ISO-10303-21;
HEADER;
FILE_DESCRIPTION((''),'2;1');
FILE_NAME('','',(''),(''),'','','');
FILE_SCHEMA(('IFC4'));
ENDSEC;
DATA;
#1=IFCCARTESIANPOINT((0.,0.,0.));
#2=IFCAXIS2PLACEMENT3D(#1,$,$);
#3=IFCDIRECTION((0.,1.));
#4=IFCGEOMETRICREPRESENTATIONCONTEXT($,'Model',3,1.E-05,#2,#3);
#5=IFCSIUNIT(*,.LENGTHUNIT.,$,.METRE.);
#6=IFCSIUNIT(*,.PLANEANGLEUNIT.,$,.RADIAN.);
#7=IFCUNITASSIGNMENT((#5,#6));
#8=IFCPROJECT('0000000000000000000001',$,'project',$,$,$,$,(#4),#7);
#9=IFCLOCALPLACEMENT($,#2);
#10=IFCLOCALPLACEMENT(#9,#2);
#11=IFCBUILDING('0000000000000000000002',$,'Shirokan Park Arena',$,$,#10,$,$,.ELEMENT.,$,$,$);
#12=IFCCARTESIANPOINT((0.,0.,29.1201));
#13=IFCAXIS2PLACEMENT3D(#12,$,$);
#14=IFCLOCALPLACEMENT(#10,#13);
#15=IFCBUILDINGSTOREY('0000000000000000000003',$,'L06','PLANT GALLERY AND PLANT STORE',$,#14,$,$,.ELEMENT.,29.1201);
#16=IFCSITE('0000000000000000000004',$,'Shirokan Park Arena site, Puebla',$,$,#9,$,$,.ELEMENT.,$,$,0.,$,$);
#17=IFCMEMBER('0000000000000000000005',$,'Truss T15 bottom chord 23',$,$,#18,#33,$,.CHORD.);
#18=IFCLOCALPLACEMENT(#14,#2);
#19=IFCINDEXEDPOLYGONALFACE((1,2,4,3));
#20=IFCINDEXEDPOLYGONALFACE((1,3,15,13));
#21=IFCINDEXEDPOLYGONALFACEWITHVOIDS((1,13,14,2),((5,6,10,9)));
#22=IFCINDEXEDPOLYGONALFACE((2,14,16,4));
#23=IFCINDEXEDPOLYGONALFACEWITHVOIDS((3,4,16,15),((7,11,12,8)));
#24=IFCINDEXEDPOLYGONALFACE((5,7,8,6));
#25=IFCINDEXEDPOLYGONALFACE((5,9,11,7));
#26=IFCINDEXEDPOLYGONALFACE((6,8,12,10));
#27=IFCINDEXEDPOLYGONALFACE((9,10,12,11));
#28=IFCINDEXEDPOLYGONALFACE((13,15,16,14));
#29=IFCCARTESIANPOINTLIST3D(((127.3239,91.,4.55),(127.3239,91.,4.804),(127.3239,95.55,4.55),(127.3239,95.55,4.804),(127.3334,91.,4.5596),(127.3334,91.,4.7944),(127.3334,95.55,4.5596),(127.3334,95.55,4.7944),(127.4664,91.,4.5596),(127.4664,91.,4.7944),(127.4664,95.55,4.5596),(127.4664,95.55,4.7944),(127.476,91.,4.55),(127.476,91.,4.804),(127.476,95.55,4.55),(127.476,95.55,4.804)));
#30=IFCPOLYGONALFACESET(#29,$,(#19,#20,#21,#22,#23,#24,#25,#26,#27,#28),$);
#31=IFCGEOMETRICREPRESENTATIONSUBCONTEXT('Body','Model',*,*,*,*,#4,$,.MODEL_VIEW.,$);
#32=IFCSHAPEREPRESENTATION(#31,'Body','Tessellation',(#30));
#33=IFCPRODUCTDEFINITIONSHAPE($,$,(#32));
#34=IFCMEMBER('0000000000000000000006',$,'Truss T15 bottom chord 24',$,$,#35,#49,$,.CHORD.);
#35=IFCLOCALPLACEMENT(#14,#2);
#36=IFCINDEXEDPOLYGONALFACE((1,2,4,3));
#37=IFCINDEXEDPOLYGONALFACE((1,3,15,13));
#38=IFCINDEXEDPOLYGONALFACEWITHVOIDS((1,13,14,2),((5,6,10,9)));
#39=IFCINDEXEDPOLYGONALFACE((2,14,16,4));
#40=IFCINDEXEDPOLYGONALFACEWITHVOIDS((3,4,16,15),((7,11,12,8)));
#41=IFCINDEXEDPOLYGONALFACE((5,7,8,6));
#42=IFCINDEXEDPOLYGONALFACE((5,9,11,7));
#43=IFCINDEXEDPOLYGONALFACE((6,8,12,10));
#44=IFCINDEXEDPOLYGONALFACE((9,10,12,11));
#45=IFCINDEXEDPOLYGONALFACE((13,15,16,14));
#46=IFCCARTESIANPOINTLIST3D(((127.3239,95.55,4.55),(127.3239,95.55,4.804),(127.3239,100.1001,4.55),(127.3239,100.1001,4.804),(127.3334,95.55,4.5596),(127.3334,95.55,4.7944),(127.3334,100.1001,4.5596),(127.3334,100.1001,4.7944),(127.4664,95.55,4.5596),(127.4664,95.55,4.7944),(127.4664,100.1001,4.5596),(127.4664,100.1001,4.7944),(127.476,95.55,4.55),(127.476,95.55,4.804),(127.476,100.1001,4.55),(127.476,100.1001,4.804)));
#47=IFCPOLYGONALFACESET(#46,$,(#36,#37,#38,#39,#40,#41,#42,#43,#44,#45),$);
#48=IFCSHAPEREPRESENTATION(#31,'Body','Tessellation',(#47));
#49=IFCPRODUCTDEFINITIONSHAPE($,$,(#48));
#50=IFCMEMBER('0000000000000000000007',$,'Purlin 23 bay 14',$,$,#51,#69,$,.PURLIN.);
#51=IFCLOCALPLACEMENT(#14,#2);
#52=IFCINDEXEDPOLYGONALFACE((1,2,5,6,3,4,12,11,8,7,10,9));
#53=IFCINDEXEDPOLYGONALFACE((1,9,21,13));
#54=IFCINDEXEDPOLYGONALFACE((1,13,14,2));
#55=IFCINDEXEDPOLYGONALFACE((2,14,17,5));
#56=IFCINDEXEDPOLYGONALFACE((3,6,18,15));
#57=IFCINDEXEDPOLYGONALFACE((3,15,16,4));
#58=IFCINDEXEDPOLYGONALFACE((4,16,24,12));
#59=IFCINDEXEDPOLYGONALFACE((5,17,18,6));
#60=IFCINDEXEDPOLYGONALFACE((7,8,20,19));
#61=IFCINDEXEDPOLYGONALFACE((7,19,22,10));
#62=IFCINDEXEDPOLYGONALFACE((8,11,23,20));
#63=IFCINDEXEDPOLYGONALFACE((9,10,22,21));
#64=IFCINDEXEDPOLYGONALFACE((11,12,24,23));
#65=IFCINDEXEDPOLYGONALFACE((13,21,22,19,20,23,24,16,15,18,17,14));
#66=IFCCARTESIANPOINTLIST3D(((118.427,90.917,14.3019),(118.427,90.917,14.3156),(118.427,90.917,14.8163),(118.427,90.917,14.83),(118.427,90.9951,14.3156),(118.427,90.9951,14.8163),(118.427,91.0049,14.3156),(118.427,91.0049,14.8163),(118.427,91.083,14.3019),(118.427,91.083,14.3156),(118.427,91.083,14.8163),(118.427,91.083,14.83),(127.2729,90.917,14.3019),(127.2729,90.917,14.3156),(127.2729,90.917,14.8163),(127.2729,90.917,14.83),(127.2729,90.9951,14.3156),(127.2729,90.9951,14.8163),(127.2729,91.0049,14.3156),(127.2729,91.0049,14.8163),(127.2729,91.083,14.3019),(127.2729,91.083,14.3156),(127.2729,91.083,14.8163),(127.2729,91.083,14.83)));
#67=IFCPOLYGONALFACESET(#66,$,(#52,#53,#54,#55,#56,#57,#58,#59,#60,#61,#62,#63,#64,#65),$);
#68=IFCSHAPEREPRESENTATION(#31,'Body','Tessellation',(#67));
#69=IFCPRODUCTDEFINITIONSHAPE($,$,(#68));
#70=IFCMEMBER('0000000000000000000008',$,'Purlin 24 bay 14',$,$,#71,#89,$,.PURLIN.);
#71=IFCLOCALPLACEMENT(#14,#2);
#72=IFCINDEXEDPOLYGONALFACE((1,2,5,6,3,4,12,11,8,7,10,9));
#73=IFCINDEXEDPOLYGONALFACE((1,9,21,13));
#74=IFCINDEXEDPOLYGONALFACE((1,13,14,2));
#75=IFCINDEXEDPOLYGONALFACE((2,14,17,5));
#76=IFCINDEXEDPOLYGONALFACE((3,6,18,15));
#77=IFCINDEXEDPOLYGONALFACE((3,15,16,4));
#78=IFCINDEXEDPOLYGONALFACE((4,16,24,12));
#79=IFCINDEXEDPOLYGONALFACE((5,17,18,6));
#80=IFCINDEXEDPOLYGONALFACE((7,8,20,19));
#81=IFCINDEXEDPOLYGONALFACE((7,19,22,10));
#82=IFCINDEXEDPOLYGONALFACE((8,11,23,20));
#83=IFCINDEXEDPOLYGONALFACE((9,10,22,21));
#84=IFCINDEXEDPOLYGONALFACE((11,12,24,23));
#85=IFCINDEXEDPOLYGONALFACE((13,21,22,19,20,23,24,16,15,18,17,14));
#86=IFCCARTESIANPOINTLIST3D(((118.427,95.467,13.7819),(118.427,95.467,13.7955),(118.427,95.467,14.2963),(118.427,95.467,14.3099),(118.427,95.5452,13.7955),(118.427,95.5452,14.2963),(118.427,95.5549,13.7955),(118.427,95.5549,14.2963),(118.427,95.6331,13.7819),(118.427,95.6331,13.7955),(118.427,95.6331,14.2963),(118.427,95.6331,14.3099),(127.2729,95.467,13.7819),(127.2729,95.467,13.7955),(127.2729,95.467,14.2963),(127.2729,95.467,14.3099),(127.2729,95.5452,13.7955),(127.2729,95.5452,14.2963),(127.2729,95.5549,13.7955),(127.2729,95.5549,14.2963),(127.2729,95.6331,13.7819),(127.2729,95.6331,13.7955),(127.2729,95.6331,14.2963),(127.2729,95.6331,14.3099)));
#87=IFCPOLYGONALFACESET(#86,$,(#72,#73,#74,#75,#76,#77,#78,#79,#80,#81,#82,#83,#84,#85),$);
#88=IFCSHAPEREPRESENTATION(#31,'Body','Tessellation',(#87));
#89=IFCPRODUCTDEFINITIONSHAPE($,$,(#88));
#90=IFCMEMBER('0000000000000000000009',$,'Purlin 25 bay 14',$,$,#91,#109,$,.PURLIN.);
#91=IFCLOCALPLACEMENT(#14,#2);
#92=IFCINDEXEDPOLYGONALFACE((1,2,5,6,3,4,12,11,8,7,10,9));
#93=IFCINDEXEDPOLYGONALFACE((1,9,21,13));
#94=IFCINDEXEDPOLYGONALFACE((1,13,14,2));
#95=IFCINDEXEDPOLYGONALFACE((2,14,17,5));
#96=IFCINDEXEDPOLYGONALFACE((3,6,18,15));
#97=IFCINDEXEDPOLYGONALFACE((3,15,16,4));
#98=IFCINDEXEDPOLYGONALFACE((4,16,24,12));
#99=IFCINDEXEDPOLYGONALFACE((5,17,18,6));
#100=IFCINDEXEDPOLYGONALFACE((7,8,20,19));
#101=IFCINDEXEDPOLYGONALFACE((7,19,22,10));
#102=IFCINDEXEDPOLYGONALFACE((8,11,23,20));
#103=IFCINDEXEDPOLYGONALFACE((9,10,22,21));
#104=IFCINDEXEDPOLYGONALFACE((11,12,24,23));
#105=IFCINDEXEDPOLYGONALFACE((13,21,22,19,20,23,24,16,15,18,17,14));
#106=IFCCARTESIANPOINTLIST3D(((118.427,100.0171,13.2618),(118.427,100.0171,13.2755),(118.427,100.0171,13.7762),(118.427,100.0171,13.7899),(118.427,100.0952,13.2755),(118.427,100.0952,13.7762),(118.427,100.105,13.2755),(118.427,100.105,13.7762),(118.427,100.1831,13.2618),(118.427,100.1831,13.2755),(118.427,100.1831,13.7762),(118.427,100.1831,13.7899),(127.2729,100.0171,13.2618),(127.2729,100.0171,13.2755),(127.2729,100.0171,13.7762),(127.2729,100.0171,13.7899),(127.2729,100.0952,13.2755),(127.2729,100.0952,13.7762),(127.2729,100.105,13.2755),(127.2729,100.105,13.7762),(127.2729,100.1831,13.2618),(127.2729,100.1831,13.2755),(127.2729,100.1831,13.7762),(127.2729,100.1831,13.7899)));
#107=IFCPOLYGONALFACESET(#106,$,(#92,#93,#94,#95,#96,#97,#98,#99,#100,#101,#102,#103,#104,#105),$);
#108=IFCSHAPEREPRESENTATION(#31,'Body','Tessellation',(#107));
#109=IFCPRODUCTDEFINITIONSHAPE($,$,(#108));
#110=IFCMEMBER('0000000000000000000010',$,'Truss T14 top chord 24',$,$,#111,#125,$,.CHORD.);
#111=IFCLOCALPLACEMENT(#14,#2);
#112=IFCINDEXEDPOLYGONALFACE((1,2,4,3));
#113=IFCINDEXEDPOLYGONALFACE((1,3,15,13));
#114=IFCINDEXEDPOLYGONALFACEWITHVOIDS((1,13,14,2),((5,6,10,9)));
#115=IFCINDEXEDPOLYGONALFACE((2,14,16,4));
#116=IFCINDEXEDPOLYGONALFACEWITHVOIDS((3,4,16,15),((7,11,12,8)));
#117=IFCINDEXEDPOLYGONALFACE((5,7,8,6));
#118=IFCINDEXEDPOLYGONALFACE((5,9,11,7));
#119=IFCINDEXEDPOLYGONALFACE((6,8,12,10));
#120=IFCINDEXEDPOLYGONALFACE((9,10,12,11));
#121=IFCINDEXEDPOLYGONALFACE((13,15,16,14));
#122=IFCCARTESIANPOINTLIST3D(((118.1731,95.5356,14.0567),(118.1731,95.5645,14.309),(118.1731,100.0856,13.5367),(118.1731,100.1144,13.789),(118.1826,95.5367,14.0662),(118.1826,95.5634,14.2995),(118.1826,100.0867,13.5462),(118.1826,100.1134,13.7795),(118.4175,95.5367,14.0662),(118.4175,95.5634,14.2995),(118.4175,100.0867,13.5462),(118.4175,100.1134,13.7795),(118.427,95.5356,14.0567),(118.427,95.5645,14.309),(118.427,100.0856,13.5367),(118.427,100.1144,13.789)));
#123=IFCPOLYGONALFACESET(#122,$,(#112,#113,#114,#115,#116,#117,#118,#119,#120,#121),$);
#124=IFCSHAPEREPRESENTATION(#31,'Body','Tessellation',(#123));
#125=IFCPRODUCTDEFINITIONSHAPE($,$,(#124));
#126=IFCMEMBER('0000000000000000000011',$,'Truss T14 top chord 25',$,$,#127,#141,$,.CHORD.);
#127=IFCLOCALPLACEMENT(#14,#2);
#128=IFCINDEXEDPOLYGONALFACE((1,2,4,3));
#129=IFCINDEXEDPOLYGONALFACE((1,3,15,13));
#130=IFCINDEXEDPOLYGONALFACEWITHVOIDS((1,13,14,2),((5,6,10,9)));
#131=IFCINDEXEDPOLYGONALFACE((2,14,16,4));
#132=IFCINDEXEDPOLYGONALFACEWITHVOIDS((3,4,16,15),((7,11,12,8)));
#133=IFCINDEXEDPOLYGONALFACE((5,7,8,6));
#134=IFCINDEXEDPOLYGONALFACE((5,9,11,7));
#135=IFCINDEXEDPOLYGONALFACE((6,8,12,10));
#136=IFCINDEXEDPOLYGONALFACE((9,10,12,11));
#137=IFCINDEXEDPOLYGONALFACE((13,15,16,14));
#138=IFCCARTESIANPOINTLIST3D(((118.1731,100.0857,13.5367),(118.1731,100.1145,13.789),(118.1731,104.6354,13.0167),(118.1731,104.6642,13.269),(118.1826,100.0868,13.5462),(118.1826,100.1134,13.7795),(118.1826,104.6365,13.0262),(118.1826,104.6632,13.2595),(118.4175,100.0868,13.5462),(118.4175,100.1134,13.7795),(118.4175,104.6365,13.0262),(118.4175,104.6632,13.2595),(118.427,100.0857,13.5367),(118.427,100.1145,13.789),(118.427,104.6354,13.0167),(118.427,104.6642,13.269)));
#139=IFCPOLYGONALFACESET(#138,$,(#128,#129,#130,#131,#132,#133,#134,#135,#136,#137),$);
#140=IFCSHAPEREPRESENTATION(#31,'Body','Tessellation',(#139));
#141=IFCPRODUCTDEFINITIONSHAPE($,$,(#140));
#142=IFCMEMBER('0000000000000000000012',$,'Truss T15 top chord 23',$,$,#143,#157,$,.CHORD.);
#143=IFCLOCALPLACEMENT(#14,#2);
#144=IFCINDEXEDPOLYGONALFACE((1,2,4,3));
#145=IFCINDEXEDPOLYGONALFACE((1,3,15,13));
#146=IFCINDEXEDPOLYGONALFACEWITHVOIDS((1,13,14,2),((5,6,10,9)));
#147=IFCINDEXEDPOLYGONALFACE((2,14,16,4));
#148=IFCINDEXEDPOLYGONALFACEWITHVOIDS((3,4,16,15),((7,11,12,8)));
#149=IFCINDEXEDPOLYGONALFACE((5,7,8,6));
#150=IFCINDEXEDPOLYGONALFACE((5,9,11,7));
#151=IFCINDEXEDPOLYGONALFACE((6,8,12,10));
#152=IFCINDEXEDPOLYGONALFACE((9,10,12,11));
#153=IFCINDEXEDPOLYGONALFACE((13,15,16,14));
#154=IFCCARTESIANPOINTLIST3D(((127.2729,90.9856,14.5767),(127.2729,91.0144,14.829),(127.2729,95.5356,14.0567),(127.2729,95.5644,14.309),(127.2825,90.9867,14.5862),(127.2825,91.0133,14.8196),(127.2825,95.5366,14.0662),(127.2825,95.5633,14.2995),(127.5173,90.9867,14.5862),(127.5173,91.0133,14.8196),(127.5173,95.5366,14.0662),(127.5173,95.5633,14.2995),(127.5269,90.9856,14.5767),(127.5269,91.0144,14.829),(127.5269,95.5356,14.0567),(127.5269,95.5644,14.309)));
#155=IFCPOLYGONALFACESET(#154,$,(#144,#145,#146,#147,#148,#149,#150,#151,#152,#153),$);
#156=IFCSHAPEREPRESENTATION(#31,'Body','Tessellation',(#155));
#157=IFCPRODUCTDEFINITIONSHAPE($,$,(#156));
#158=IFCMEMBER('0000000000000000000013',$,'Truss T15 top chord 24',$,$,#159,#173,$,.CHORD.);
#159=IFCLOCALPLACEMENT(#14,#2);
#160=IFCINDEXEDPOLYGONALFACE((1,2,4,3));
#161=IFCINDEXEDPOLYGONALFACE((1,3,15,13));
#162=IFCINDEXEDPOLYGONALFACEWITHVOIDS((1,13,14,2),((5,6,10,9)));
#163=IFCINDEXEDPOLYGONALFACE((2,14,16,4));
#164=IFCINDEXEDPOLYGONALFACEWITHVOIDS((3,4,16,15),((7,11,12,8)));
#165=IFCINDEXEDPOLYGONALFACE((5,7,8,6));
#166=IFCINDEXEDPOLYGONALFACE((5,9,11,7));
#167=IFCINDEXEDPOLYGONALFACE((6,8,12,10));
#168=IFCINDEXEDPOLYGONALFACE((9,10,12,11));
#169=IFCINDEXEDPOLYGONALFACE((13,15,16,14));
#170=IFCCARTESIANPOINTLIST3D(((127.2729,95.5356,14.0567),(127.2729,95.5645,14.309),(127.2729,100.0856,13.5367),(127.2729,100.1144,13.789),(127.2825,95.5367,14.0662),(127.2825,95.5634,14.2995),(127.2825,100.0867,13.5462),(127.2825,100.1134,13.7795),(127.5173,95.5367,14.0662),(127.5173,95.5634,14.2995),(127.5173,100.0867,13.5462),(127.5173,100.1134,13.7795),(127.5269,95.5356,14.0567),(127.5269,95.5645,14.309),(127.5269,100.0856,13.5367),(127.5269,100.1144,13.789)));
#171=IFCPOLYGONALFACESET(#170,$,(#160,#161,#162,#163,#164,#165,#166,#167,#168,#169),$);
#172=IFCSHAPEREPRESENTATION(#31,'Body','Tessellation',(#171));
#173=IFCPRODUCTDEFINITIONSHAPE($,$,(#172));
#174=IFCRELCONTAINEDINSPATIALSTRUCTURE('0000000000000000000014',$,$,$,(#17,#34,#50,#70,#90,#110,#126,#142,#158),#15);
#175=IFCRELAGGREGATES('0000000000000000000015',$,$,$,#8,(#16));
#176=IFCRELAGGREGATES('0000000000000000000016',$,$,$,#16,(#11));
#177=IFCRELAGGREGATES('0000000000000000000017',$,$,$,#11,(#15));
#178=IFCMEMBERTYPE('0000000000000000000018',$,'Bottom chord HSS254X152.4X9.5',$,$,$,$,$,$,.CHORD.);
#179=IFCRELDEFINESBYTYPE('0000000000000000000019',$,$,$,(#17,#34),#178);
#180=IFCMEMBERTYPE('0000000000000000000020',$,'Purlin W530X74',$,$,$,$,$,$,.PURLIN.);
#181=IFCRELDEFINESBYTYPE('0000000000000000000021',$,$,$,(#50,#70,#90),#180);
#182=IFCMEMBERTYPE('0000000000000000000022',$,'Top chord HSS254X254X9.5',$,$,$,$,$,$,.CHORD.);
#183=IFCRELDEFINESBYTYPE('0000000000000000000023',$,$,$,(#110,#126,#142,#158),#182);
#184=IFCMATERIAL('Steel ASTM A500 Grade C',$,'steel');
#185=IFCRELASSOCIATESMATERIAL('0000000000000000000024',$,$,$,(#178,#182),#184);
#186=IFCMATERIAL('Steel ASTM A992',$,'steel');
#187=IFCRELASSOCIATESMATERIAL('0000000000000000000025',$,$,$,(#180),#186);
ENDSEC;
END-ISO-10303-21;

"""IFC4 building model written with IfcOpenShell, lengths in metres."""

from ifc_helpers import new_model, si_unit, direction, frame, origin, origin_2d, place, context, subcontext, project, spatial, hollow_rectangle, i_section, extrude, material, material_profile, profile_set, type_object, element, save


model = new_model("IFC4")

# Units and contexts
model_context = context("Model", 3, precision=1e-05, world=origin(), true_north=direction((0.0, 1.0)))
body_context = subcontext(model_context, "Body", "Model", "MODEL_VIEW")
ifc_project = project(units=[si_unit("LENGTHUNIT", "METRE"), si_unit("PLANEANGLEUNIT", "RADIAN")], contexts=[model_context])

# Site, building, storey
site_placement = place(None, origin())
site = spatial("IfcSite", under=ifc_project, at=site_placement, Name="Shirokan Park Arena site, Puebla", CompositionType="ELEMENT", RefElevation=0.0)
building_placement = place(site_placement, origin())
building = spatial("IfcBuilding", under=site, at=building_placement, Name="Shirokan Park Arena", CompositionType="ELEMENT")
storey_placement = place(building_placement, frame((0.0, 0.0, 29.1201)))
storey = spatial("IfcBuildingStorey", under=building, at=storey_placement, Name="L06", Description="PLANT GALLERY AND PLANT STORE", CompositionType="ELEMENT", Elevation=29.1201)

# Members
ifc_material_1 = material(Name="Steel ASTM A500 Grade C", Category="steel")
ifc_material_profile_1 = material_profile(ifc_material_1, hollow_rectangle(XDim=0.1521, YDim=0.2539, WallThickness=0.0095, at=origin_2d()), Name="HSS254X152.4X9.5")
ifc_profile_set_1 = profile_set([ifc_material_profile_1], Name="Steel ASTM A500 Grade C")
member_type_1 = type_object("IfcMemberType", Name="Bottom chord HSS254X152.4X9.5", PredefinedType="CHORD", material=ifc_profile_set_1)
for number, where, z_axis, x_axis, name in (
    (1, (127.3999, 91.0, 4.677), (0.0, 1.0, 0.0), (-1.0, 0.0, 0.0), "Truss T15 bottom chord 23"),
    (2, (127.3999, 95.55, 4.677), (0.0, 1.0, 0.0), (-1.0, 0.0, 0.0), "Truss T15 bottom chord 24"),
):
    element("IfcMember", number, at=place(storey_placement, frame(where, z_axis=z_axis, x_axis=x_axis)), inside=storey, type_object=member_type_1, Name=name, PredefinedType="CHORD", context=body_context, shape_type="SweptSolid", body=[
        extrude(hollow_rectangle(XDim=0.1521, YDim=0.2539, WallThickness=0.0095, at=origin_2d()), origin(), (0.0, 0.0, 1.0), 4.55),
    ])
ifc_material_2 = material(Name="Steel ASTM A992", Category="steel")
ifc_material_profile_2 = material_profile(ifc_material_2, i_section(OverallWidth=0.166, OverallDepth=0.5281, WebThickness=0.0098, FlangeThickness=0.0137, at=origin_2d()), Name="W530X74")
ifc_profile_set_2 = profile_set([ifc_material_profile_2], Name="Steel ASTM A992")
member_type_2 = type_object("IfcMemberType", Name="Purlin W530X74", PredefinedType="PURLIN", material=ifc_profile_set_2)
for number, where, z_axis, x_axis, name in (
    (3, (118.427, 91.0, 14.5659), (1.0, 0.0, 0.0), (0.0, 1.0, 0.0), "Purlin 23 bay 14"),
    (4, (118.427, 95.55, 14.0459), (1.0, 0.0, 0.0), (0.0, 1.0, 0.0), "Purlin 24 bay 14"),
    (5, (118.427, 100.1001, 13.5259), (1.0, 0.0, 0.0), (0.0, 1.0, 0.0), "Purlin 25 bay 14"),
):
    element("IfcMember", number, at=place(storey_placement, frame(where, z_axis=z_axis, x_axis=x_axis)), inside=storey, type_object=member_type_2, Name=name, PredefinedType="PURLIN", context=body_context, shape_type="SweptSolid", body=[
        extrude(i_section(OverallWidth=0.166, OverallDepth=0.5281, WebThickness=0.0098, FlangeThickness=0.0137, at=origin_2d()), origin(), (0.0, 0.0, 1.0), 8.8459),
    ])
ifc_material_profile_3 = material_profile(ifc_material_1, hollow_rectangle(XDim=0.2539, YDim=0.2539, WallThickness=0.0095, at=origin_2d()), Name="HSS254X254X9.5")
ifc_profile_set_3 = profile_set([ifc_material_profile_3], Name="Steel ASTM A500 Grade C")
member_type_3 = type_object("IfcMemberType", Name="Top chord HSS254X254X9.5", PredefinedType="CHORD", material=ifc_profile_set_3)
member_1_placement = place(storey_placement, frame((118.3, 95.55, 14.1829), z_axis=(0.0, 0.993532, -0.11355), x_axis=(-1.0, 0.0, 0.0)))
element("IfcMember", 6, at=member_1_placement, inside=storey, type_object=member_type_3, Name="Truss T14 top chord 24", PredefinedType="CHORD", context=body_context, shape_type="SweptSolid", body=[
    extrude(hollow_rectangle(XDim=0.2539, YDim=0.2539, WallThickness=0.0095, at=origin_2d()), origin(), (0.0, 0.0, 1.0), 4.5796),
])
member_2_placement = place(storey_placement, frame((118.3, 100.1001, 13.6628), z_axis=(0.0, 0.993532, -0.113556), x_axis=(-1.0, 0.0, 0.0)))
element("IfcMember", 7, at=member_2_placement, inside=storey, type_object=member_type_3, Name="Truss T14 top chord 25", PredefinedType="CHORD", context=body_context, shape_type="SweptSolid", body=[
    extrude(hollow_rectangle(XDim=0.2539, YDim=0.2539, WallThickness=0.0095, at=origin_2d()), origin(), (0.0, 0.0, 1.0), 4.5793),
])
for number, where, z_axis, x_axis, name in (
    (8, (127.3999, 91.0, 14.7029), (0.0, 0.993532, -0.11355), (-1.0, 0.0, 0.0), "Truss T15 top chord 23"),
    (9, (127.3999, 95.55, 14.1829), (0.0, 0.993532, -0.11355), (-1.0, 0.0, 0.0), "Truss T15 top chord 24"),
):
    element("IfcMember", number, at=place(storey_placement, frame(where, z_axis=z_axis, x_axis=x_axis)), inside=storey, type_object=member_type_3, Name=name, PredefinedType="CHORD", context=body_context, shape_type="SweptSolid", body=[
        extrude(hollow_rectangle(XDim=0.2539, YDim=0.2539, WallThickness=0.0095, at=origin_2d()), origin(), (0.0, 0.0, 1.0), 4.5796),
    ])

save(model, "model.ifc")
